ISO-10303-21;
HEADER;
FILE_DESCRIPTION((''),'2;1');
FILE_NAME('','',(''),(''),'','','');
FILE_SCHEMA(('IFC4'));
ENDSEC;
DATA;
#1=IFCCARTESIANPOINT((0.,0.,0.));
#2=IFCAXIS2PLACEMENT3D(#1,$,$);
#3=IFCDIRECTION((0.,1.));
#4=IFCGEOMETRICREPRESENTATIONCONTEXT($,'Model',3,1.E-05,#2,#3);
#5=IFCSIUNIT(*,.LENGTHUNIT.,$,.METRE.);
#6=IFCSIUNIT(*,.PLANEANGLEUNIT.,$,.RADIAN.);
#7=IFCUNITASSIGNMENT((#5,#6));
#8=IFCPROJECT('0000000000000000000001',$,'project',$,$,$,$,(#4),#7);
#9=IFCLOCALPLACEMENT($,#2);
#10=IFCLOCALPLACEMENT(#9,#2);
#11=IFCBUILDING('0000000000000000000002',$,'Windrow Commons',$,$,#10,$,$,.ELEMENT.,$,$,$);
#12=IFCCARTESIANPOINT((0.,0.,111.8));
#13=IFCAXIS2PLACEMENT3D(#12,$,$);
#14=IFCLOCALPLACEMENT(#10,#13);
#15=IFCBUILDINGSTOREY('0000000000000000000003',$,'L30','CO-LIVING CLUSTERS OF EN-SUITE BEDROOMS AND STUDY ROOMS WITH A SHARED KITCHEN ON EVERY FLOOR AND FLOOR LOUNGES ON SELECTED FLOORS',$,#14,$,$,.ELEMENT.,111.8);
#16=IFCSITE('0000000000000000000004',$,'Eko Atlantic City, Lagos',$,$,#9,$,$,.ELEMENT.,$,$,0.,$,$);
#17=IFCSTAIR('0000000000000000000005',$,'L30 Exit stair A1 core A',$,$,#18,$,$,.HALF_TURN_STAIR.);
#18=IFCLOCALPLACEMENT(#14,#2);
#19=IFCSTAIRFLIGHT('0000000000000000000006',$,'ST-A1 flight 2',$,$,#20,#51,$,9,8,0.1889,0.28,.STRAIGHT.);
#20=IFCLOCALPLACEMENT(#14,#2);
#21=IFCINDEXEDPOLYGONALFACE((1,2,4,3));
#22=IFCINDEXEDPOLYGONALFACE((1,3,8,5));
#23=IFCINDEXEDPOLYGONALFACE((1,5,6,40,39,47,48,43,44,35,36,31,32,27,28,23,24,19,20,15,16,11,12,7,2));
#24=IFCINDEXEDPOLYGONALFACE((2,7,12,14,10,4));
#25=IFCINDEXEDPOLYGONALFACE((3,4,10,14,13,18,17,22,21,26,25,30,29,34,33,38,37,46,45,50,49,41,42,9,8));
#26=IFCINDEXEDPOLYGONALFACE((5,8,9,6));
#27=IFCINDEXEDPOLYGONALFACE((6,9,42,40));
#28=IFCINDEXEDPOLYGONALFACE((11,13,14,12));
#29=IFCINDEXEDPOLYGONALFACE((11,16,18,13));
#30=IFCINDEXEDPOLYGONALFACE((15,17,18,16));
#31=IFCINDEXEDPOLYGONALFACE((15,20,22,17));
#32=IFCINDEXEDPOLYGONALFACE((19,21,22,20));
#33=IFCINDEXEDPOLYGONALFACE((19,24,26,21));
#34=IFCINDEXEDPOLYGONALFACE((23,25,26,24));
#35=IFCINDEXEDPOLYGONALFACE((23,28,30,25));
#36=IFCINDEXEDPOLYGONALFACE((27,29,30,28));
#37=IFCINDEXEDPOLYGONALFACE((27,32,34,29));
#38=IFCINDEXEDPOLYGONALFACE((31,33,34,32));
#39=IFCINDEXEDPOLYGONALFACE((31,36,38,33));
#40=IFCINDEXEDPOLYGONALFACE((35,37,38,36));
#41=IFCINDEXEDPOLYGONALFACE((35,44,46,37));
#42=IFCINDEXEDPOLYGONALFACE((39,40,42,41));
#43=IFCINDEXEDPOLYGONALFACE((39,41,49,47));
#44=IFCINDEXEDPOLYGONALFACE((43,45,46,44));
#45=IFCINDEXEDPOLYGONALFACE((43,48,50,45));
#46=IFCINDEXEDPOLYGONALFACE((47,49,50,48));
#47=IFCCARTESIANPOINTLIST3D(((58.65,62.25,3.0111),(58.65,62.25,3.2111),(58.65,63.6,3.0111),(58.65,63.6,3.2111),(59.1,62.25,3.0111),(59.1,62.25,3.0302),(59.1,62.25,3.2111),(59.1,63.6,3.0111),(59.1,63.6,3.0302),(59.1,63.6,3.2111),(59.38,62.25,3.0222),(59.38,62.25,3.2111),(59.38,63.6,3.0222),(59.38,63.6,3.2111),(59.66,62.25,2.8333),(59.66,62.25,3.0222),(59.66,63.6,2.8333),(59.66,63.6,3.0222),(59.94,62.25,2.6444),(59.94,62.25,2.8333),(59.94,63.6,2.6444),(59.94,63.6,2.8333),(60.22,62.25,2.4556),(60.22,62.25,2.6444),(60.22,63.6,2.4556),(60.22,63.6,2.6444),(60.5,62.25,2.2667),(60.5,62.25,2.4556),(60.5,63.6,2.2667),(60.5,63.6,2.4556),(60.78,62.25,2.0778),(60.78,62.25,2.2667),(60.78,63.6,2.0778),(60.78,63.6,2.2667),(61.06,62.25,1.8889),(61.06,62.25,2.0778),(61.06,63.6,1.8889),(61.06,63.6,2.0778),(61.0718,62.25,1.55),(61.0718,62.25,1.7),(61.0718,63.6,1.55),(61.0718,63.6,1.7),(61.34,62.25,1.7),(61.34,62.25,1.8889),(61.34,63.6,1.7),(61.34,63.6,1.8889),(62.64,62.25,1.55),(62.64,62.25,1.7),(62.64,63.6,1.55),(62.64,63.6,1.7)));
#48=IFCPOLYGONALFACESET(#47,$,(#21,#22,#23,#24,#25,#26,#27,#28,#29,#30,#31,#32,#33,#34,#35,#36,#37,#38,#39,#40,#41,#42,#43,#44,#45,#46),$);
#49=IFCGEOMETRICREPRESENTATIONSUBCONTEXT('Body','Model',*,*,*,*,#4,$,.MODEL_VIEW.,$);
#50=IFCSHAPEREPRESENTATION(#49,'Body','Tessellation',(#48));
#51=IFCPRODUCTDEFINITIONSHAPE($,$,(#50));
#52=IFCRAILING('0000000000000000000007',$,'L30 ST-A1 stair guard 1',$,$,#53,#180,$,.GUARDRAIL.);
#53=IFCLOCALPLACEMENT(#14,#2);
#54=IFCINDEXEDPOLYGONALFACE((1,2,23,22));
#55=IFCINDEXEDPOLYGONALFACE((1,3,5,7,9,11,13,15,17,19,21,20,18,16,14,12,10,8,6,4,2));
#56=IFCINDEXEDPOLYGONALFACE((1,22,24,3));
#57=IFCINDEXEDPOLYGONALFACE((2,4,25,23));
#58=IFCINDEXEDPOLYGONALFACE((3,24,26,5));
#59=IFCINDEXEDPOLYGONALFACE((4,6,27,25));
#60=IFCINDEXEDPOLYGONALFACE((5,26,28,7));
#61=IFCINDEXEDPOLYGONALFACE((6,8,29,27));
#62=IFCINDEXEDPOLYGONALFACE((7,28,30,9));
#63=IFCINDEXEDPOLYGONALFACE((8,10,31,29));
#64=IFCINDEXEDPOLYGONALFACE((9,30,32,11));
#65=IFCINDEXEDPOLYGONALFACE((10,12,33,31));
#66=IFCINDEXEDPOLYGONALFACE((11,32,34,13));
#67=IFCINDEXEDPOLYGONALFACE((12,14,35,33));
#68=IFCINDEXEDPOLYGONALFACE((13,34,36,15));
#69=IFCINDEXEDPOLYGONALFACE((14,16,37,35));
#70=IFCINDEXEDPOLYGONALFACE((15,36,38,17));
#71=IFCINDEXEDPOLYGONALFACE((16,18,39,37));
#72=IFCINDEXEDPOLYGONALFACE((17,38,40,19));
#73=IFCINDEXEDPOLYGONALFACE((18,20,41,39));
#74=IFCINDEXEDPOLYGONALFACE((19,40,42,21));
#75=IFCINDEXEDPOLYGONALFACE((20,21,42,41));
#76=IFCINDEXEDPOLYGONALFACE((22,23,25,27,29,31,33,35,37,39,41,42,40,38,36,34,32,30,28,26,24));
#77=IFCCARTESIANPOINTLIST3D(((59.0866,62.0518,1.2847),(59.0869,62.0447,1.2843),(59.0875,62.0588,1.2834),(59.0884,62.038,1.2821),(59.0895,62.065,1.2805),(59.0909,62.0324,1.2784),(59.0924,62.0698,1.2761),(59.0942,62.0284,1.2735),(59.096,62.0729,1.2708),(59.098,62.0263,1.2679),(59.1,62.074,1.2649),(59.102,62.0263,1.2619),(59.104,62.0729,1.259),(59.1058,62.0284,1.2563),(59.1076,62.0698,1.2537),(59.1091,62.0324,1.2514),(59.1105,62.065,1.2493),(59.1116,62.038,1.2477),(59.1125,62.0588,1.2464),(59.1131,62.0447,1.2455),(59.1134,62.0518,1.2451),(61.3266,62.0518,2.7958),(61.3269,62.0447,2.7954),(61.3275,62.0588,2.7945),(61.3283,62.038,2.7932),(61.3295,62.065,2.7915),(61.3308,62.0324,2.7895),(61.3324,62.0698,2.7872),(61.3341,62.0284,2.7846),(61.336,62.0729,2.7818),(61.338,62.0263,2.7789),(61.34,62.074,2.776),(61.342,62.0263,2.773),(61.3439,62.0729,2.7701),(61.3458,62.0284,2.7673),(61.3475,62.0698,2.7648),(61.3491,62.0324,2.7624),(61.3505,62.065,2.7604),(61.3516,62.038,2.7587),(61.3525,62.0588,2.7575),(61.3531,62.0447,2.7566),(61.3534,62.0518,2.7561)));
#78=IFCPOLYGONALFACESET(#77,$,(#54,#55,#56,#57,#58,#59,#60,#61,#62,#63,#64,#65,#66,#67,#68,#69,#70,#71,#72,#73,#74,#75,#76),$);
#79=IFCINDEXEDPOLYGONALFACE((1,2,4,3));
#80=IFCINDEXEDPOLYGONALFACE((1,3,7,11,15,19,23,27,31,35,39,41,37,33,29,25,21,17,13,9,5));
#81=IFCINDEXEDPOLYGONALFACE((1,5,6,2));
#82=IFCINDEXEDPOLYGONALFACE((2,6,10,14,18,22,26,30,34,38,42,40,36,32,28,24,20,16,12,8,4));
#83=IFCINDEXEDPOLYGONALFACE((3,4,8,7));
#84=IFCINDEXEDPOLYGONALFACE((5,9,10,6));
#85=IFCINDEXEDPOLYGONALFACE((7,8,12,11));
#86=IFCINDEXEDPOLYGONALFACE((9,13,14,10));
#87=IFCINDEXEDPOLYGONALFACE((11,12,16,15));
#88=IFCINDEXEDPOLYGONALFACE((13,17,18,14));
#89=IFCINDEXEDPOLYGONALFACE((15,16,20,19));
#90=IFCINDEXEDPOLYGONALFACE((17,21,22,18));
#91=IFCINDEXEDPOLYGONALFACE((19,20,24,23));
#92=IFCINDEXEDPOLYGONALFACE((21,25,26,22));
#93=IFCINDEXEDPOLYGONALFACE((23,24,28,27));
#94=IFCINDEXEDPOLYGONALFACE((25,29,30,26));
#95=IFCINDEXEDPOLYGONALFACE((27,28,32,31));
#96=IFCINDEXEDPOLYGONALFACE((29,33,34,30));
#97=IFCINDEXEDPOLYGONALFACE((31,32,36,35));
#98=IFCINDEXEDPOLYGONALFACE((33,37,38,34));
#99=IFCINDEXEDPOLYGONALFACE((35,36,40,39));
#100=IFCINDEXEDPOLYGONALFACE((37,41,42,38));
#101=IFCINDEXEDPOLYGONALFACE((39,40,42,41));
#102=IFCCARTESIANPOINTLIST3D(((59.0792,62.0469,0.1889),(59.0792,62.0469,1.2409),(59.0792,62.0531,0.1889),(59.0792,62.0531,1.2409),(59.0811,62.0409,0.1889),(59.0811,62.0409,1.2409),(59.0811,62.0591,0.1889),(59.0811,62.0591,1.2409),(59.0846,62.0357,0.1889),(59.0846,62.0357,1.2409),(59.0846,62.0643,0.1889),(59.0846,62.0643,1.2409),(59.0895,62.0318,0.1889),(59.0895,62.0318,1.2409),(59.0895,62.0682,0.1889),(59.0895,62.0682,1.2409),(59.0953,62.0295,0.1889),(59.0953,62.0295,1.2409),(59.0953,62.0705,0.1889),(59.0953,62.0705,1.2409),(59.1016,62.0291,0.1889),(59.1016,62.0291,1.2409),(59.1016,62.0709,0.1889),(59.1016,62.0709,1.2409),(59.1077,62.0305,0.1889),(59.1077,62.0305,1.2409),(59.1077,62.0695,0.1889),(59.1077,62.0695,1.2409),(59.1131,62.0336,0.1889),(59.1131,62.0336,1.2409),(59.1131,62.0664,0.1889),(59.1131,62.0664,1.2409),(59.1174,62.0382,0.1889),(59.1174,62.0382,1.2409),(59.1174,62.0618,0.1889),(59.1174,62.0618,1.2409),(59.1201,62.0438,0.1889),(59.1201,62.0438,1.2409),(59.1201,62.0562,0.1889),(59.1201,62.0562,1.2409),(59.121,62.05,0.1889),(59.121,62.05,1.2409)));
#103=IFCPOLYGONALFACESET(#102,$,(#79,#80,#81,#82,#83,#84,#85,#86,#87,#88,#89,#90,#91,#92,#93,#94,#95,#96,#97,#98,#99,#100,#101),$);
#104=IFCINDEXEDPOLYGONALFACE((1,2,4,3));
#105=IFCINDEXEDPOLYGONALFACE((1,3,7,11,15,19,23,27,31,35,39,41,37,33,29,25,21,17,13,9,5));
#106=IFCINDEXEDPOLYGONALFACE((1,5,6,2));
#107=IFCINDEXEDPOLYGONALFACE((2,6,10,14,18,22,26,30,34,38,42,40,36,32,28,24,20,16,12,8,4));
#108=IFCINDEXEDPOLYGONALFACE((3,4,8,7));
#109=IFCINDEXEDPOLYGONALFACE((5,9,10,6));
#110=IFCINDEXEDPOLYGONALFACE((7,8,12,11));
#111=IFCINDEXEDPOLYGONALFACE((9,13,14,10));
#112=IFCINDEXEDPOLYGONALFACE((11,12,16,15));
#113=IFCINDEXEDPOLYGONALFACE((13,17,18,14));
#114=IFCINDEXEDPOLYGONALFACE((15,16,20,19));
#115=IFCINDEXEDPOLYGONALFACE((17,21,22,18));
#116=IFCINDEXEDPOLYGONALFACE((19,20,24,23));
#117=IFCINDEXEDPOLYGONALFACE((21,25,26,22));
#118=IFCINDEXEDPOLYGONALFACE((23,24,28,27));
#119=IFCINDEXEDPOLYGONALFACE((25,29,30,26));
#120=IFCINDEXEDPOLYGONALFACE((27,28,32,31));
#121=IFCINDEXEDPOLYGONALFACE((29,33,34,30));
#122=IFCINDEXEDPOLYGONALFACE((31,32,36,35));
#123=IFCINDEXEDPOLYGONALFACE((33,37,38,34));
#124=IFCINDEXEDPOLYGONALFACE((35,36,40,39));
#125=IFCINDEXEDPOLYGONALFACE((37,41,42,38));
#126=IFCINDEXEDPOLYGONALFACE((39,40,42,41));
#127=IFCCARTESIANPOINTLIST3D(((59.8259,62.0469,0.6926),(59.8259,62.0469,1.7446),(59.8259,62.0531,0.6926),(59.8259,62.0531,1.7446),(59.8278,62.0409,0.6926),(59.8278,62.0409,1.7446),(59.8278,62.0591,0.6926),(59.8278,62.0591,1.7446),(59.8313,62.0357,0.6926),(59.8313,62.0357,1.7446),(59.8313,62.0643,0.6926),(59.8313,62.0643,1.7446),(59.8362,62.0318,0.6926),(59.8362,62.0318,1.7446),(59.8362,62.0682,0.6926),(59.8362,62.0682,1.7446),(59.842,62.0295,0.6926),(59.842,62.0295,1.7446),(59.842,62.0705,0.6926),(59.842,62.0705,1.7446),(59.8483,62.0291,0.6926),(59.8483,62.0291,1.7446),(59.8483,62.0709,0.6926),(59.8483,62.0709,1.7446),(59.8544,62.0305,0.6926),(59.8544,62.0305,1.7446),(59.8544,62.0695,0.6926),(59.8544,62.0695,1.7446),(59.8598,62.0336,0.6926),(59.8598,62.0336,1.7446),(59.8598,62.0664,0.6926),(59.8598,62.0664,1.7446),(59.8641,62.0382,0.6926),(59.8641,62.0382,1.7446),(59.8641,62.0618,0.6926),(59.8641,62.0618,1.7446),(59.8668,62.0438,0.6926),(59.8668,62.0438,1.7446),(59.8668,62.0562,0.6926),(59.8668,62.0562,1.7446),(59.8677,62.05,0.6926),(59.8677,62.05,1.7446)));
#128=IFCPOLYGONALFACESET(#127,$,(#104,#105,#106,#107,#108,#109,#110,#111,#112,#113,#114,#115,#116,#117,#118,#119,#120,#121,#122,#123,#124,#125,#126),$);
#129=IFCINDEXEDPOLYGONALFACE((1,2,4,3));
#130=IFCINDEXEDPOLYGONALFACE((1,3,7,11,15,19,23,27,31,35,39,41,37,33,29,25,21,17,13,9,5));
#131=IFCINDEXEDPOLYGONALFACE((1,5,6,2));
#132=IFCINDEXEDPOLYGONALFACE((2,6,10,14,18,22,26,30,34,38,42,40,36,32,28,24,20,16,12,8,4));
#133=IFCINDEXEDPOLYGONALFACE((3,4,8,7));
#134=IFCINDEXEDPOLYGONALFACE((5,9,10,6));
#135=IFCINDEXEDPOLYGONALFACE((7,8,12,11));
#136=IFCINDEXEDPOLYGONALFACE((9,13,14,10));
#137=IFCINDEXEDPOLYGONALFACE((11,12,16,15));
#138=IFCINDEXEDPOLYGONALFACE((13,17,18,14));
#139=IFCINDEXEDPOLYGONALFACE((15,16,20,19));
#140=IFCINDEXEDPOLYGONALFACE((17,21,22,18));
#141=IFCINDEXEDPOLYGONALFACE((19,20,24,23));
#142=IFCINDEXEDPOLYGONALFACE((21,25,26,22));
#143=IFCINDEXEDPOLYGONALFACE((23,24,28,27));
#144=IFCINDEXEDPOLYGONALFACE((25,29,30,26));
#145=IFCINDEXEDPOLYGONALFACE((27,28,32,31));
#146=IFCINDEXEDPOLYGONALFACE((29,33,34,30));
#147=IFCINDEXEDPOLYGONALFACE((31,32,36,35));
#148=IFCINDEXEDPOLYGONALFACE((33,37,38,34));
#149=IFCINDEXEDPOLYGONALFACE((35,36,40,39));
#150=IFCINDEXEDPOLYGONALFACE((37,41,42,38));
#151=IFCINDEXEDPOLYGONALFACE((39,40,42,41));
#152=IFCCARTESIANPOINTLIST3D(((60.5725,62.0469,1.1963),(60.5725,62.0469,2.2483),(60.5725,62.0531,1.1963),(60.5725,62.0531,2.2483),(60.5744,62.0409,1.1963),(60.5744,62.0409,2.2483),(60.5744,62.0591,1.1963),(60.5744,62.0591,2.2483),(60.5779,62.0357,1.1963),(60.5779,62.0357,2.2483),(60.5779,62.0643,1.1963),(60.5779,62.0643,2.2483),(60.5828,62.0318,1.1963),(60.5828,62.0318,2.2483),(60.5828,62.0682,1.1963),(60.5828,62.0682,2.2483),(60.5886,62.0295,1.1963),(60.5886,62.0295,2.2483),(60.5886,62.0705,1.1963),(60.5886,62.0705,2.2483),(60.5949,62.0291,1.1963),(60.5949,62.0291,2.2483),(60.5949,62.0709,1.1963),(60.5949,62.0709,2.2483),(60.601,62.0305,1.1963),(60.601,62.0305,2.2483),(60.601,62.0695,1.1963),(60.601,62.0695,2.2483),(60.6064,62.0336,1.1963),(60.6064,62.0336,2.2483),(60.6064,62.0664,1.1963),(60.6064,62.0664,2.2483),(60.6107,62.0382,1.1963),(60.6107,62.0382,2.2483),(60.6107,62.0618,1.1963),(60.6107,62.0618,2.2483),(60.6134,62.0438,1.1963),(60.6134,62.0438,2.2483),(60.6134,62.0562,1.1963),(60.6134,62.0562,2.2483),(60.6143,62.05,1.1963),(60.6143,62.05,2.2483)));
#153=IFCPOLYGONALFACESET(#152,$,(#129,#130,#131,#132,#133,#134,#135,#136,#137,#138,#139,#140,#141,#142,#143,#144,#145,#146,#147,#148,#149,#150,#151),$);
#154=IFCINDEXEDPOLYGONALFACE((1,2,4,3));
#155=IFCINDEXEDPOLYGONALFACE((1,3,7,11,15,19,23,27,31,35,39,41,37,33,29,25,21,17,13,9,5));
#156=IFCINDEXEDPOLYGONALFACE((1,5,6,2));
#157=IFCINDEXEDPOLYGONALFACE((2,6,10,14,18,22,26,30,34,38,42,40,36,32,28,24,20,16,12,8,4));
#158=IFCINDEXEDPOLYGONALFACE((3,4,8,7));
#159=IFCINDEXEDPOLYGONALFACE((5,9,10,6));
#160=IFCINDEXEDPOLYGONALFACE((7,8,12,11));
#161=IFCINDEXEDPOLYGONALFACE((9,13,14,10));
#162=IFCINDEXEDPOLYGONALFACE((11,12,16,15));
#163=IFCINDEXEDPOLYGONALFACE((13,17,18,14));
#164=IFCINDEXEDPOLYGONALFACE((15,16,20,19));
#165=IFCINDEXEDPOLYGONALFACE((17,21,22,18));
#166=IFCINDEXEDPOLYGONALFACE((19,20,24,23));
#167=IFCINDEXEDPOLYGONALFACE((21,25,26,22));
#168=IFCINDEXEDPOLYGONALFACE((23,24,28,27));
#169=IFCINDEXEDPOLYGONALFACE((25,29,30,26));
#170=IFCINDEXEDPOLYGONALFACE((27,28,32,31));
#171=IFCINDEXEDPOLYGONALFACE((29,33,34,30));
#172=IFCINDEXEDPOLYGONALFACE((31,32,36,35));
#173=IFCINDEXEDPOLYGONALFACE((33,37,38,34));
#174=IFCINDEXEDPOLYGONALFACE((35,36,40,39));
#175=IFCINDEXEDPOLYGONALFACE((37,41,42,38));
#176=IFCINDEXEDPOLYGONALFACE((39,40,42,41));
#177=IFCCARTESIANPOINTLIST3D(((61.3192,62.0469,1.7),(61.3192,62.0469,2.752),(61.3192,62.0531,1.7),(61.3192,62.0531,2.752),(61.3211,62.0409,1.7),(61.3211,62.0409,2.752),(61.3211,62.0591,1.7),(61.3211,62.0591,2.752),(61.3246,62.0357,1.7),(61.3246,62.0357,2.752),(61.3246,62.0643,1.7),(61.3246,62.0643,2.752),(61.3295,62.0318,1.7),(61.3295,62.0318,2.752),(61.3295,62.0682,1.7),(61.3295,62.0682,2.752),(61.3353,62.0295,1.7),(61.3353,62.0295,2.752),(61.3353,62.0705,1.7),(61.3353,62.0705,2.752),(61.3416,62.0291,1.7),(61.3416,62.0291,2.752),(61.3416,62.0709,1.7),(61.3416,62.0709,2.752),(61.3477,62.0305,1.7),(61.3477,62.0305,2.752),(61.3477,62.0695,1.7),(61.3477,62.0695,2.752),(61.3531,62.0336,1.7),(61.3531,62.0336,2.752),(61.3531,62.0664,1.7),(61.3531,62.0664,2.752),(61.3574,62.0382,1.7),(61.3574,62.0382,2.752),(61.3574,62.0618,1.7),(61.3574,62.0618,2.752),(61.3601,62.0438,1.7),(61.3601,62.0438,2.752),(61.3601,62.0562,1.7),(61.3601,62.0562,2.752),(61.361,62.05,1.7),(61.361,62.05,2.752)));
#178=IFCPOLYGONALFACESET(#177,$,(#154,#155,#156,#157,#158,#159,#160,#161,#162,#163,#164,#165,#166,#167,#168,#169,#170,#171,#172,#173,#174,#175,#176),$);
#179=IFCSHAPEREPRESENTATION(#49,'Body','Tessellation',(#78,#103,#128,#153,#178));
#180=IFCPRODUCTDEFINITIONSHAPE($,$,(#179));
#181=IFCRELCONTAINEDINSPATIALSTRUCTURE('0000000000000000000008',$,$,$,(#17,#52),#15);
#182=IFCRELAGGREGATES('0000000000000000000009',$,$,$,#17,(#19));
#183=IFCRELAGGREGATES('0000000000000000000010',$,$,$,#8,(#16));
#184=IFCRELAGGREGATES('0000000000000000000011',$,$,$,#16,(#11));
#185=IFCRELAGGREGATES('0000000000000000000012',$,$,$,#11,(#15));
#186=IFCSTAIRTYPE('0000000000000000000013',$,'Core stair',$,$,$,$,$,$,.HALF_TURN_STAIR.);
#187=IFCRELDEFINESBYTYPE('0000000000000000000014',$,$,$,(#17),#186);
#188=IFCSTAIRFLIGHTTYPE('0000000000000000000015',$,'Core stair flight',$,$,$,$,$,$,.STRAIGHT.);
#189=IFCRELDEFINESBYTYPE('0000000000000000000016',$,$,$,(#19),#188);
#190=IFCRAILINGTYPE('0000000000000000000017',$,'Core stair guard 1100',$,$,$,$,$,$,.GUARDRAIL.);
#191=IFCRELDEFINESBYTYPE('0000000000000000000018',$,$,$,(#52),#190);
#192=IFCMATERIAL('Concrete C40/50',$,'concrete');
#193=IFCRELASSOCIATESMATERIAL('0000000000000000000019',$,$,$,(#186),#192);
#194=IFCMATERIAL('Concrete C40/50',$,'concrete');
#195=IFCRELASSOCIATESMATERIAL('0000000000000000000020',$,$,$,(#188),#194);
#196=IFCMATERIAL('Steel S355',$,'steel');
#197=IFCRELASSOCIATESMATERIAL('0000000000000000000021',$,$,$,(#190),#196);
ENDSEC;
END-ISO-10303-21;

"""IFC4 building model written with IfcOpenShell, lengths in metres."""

from ifc_helpers import new_model, si_unit, direction, frame, origin, origin_2d, place, context, subcontext, project, spatial, polyline, circle, outline, extrude, material, type_object, element, aggregate, save


model = new_model("IFC4")

# Units and contexts
model_context = context("Model", 3, precision=1e-05, world=origin(), true_north=direction((0.0, 1.0)))
body_context = subcontext(model_context, "Body", "Model", "MODEL_VIEW")
ifc_project = project(units=[si_unit("LENGTHUNIT", "METRE"), si_unit("PLANEANGLEUNIT", "RADIAN")], contexts=[model_context])

# Site, building, storey
site_placement = place(None, origin())
site = spatial("IfcSite", under=ifc_project, at=site_placement, Name="Eko Atlantic City, Lagos", CompositionType="ELEMENT", RefElevation=0.0)
building_placement = place(site_placement, origin())
building = spatial("IfcBuilding", under=site, at=building_placement, Name="Windrow Commons", CompositionType="ELEMENT")
storey_placement = place(building_placement, frame((0.0, 0.0, 111.8)))
storey = spatial("IfcBuildingStorey", under=building, at=storey_placement, Name="L30", Description="CO-LIVING CLUSTERS OF EN-SUITE BEDROOMS AND STUDY ROOMS WITH A SHARED KITCHEN ON EVERY FLOOR AND FLOOR LOUNGES ON SELECTED FLOORS", CompositionType="ELEMENT", Elevation=111.8)

# Stair, stair flight
ifc_material_1 = material(Name="Concrete C40/50", Category="concrete")
stair_type = type_object("IfcStairType", Name="Core stair", PredefinedType="HALF_TURN_STAIR", material=ifc_material_1)
stair_placement = place(storey_placement, origin())
stair = element("IfcStair", 1, at=stair_placement, inside=storey, type_object=stair_type, Name="L30 Exit stair A1 core A", PredefinedType="HALF_TURN_STAIR")
ifc_material_2 = material(Name="Concrete C40/50", Category="concrete")
stair_flight_type = type_object("IfcStairFlightType", Name="Core stair flight", PredefinedType="STRAIGHT", material=ifc_material_2)
stair_flight_1_placement = place(storey_placement, frame((61.34, 62.925, 1.7), z_axis=(0.0, 0.0, 1.0), x_axis=(-1.0, 0.0, 0.0)))
stair_flight_1 = element("IfcStairFlight", 2, at=stair_flight_1_placement, type_object=stair_flight_type, Name="ST-A1 flight 2", NumberOfRisers=9, NumberOfTreads=8, PredefinedType="STRAIGHT", RiserHeight=0.1889, TreadLength=0.28, context=body_context, shape_type="SweptSolid", body=[
    extrude(outline(polyline([(-1.3, -0.15), (-1.3, 0.0), (0.0, 0.0), (0.0, 0.1889), (0.28, 0.1889), (0.28, 0.3778), (0.56, 0.3778), (0.56, 0.5667), (0.84, 0.5667), (0.84, 0.7556), (1.12, 0.7556), (1.12, 0.9444), (1.4, 0.9444), (1.4, 1.1333), (1.68, 1.1333), (1.68, 1.3222), (1.96, 1.3222), (1.96, 1.5111), (2.24, 1.5111), (2.69, 1.5111), (2.69, 1.3111), (2.24, 1.3111), (2.24, 1.3302), (0.2682, 0.0), (0.2682, -0.15), (-1.3, -0.15)])), frame((0.0, 0.675, 0.0), z_axis=(0.0, -1.0, 0.0), x_axis=(1.0, 0.0, 0.0)), (0.0, 0.0, 1.0), 1.35),
])
aggregate(stair, [stair_flight_1])

# Railing
ifc_material_3 = material(Name="Steel S355", Category="steel")
railing_type_1 = type_object("IfcRailingType", Name="Core stair guard 1100", PredefinedType="GUARDRAIL", material=ifc_material_3)
railing_1_placement = place(storey_placement, frame((59.1, 62.05, 0.1889)))
element("IfcRailing", 3, at=railing_1_placement, inside=storey, type_object=railing_type_1, Name="L30 ST-A1 stair guard 1", PredefinedType="GUARDRAIL", context=body_context, shape_type="SweptSolid", body=[
    extrude(circle(Radius=0.024, at=origin_2d()), frame((0.0, 0.0, 1.076), z_axis=(0.829003, 0.0, 0.559244), x_axis=(0.0, 1.0, 0.0)), (0.0, 0.0, 1.0), 2.702),
    extrude(circle(Radius=0.021, at=origin_2d()), origin(), (0.0, 0.0, 1.0), 1.052),
    extrude(circle(Radius=0.021, at=origin_2d()), frame((0.7467, 0.0, 0.5037)), (0.0, 0.0, 1.0), 1.052),
    extrude(circle(Radius=0.021, at=origin_2d()), frame((1.4933, 0.0, 1.0074)), (0.0, 0.0, 1.0), 1.052),
    extrude(circle(Radius=0.021, at=origin_2d()), frame((2.24, 0.0, 1.5111)), (0.0, 0.0, 1.0), 1.052),
])

save(model, "model.ifc")
